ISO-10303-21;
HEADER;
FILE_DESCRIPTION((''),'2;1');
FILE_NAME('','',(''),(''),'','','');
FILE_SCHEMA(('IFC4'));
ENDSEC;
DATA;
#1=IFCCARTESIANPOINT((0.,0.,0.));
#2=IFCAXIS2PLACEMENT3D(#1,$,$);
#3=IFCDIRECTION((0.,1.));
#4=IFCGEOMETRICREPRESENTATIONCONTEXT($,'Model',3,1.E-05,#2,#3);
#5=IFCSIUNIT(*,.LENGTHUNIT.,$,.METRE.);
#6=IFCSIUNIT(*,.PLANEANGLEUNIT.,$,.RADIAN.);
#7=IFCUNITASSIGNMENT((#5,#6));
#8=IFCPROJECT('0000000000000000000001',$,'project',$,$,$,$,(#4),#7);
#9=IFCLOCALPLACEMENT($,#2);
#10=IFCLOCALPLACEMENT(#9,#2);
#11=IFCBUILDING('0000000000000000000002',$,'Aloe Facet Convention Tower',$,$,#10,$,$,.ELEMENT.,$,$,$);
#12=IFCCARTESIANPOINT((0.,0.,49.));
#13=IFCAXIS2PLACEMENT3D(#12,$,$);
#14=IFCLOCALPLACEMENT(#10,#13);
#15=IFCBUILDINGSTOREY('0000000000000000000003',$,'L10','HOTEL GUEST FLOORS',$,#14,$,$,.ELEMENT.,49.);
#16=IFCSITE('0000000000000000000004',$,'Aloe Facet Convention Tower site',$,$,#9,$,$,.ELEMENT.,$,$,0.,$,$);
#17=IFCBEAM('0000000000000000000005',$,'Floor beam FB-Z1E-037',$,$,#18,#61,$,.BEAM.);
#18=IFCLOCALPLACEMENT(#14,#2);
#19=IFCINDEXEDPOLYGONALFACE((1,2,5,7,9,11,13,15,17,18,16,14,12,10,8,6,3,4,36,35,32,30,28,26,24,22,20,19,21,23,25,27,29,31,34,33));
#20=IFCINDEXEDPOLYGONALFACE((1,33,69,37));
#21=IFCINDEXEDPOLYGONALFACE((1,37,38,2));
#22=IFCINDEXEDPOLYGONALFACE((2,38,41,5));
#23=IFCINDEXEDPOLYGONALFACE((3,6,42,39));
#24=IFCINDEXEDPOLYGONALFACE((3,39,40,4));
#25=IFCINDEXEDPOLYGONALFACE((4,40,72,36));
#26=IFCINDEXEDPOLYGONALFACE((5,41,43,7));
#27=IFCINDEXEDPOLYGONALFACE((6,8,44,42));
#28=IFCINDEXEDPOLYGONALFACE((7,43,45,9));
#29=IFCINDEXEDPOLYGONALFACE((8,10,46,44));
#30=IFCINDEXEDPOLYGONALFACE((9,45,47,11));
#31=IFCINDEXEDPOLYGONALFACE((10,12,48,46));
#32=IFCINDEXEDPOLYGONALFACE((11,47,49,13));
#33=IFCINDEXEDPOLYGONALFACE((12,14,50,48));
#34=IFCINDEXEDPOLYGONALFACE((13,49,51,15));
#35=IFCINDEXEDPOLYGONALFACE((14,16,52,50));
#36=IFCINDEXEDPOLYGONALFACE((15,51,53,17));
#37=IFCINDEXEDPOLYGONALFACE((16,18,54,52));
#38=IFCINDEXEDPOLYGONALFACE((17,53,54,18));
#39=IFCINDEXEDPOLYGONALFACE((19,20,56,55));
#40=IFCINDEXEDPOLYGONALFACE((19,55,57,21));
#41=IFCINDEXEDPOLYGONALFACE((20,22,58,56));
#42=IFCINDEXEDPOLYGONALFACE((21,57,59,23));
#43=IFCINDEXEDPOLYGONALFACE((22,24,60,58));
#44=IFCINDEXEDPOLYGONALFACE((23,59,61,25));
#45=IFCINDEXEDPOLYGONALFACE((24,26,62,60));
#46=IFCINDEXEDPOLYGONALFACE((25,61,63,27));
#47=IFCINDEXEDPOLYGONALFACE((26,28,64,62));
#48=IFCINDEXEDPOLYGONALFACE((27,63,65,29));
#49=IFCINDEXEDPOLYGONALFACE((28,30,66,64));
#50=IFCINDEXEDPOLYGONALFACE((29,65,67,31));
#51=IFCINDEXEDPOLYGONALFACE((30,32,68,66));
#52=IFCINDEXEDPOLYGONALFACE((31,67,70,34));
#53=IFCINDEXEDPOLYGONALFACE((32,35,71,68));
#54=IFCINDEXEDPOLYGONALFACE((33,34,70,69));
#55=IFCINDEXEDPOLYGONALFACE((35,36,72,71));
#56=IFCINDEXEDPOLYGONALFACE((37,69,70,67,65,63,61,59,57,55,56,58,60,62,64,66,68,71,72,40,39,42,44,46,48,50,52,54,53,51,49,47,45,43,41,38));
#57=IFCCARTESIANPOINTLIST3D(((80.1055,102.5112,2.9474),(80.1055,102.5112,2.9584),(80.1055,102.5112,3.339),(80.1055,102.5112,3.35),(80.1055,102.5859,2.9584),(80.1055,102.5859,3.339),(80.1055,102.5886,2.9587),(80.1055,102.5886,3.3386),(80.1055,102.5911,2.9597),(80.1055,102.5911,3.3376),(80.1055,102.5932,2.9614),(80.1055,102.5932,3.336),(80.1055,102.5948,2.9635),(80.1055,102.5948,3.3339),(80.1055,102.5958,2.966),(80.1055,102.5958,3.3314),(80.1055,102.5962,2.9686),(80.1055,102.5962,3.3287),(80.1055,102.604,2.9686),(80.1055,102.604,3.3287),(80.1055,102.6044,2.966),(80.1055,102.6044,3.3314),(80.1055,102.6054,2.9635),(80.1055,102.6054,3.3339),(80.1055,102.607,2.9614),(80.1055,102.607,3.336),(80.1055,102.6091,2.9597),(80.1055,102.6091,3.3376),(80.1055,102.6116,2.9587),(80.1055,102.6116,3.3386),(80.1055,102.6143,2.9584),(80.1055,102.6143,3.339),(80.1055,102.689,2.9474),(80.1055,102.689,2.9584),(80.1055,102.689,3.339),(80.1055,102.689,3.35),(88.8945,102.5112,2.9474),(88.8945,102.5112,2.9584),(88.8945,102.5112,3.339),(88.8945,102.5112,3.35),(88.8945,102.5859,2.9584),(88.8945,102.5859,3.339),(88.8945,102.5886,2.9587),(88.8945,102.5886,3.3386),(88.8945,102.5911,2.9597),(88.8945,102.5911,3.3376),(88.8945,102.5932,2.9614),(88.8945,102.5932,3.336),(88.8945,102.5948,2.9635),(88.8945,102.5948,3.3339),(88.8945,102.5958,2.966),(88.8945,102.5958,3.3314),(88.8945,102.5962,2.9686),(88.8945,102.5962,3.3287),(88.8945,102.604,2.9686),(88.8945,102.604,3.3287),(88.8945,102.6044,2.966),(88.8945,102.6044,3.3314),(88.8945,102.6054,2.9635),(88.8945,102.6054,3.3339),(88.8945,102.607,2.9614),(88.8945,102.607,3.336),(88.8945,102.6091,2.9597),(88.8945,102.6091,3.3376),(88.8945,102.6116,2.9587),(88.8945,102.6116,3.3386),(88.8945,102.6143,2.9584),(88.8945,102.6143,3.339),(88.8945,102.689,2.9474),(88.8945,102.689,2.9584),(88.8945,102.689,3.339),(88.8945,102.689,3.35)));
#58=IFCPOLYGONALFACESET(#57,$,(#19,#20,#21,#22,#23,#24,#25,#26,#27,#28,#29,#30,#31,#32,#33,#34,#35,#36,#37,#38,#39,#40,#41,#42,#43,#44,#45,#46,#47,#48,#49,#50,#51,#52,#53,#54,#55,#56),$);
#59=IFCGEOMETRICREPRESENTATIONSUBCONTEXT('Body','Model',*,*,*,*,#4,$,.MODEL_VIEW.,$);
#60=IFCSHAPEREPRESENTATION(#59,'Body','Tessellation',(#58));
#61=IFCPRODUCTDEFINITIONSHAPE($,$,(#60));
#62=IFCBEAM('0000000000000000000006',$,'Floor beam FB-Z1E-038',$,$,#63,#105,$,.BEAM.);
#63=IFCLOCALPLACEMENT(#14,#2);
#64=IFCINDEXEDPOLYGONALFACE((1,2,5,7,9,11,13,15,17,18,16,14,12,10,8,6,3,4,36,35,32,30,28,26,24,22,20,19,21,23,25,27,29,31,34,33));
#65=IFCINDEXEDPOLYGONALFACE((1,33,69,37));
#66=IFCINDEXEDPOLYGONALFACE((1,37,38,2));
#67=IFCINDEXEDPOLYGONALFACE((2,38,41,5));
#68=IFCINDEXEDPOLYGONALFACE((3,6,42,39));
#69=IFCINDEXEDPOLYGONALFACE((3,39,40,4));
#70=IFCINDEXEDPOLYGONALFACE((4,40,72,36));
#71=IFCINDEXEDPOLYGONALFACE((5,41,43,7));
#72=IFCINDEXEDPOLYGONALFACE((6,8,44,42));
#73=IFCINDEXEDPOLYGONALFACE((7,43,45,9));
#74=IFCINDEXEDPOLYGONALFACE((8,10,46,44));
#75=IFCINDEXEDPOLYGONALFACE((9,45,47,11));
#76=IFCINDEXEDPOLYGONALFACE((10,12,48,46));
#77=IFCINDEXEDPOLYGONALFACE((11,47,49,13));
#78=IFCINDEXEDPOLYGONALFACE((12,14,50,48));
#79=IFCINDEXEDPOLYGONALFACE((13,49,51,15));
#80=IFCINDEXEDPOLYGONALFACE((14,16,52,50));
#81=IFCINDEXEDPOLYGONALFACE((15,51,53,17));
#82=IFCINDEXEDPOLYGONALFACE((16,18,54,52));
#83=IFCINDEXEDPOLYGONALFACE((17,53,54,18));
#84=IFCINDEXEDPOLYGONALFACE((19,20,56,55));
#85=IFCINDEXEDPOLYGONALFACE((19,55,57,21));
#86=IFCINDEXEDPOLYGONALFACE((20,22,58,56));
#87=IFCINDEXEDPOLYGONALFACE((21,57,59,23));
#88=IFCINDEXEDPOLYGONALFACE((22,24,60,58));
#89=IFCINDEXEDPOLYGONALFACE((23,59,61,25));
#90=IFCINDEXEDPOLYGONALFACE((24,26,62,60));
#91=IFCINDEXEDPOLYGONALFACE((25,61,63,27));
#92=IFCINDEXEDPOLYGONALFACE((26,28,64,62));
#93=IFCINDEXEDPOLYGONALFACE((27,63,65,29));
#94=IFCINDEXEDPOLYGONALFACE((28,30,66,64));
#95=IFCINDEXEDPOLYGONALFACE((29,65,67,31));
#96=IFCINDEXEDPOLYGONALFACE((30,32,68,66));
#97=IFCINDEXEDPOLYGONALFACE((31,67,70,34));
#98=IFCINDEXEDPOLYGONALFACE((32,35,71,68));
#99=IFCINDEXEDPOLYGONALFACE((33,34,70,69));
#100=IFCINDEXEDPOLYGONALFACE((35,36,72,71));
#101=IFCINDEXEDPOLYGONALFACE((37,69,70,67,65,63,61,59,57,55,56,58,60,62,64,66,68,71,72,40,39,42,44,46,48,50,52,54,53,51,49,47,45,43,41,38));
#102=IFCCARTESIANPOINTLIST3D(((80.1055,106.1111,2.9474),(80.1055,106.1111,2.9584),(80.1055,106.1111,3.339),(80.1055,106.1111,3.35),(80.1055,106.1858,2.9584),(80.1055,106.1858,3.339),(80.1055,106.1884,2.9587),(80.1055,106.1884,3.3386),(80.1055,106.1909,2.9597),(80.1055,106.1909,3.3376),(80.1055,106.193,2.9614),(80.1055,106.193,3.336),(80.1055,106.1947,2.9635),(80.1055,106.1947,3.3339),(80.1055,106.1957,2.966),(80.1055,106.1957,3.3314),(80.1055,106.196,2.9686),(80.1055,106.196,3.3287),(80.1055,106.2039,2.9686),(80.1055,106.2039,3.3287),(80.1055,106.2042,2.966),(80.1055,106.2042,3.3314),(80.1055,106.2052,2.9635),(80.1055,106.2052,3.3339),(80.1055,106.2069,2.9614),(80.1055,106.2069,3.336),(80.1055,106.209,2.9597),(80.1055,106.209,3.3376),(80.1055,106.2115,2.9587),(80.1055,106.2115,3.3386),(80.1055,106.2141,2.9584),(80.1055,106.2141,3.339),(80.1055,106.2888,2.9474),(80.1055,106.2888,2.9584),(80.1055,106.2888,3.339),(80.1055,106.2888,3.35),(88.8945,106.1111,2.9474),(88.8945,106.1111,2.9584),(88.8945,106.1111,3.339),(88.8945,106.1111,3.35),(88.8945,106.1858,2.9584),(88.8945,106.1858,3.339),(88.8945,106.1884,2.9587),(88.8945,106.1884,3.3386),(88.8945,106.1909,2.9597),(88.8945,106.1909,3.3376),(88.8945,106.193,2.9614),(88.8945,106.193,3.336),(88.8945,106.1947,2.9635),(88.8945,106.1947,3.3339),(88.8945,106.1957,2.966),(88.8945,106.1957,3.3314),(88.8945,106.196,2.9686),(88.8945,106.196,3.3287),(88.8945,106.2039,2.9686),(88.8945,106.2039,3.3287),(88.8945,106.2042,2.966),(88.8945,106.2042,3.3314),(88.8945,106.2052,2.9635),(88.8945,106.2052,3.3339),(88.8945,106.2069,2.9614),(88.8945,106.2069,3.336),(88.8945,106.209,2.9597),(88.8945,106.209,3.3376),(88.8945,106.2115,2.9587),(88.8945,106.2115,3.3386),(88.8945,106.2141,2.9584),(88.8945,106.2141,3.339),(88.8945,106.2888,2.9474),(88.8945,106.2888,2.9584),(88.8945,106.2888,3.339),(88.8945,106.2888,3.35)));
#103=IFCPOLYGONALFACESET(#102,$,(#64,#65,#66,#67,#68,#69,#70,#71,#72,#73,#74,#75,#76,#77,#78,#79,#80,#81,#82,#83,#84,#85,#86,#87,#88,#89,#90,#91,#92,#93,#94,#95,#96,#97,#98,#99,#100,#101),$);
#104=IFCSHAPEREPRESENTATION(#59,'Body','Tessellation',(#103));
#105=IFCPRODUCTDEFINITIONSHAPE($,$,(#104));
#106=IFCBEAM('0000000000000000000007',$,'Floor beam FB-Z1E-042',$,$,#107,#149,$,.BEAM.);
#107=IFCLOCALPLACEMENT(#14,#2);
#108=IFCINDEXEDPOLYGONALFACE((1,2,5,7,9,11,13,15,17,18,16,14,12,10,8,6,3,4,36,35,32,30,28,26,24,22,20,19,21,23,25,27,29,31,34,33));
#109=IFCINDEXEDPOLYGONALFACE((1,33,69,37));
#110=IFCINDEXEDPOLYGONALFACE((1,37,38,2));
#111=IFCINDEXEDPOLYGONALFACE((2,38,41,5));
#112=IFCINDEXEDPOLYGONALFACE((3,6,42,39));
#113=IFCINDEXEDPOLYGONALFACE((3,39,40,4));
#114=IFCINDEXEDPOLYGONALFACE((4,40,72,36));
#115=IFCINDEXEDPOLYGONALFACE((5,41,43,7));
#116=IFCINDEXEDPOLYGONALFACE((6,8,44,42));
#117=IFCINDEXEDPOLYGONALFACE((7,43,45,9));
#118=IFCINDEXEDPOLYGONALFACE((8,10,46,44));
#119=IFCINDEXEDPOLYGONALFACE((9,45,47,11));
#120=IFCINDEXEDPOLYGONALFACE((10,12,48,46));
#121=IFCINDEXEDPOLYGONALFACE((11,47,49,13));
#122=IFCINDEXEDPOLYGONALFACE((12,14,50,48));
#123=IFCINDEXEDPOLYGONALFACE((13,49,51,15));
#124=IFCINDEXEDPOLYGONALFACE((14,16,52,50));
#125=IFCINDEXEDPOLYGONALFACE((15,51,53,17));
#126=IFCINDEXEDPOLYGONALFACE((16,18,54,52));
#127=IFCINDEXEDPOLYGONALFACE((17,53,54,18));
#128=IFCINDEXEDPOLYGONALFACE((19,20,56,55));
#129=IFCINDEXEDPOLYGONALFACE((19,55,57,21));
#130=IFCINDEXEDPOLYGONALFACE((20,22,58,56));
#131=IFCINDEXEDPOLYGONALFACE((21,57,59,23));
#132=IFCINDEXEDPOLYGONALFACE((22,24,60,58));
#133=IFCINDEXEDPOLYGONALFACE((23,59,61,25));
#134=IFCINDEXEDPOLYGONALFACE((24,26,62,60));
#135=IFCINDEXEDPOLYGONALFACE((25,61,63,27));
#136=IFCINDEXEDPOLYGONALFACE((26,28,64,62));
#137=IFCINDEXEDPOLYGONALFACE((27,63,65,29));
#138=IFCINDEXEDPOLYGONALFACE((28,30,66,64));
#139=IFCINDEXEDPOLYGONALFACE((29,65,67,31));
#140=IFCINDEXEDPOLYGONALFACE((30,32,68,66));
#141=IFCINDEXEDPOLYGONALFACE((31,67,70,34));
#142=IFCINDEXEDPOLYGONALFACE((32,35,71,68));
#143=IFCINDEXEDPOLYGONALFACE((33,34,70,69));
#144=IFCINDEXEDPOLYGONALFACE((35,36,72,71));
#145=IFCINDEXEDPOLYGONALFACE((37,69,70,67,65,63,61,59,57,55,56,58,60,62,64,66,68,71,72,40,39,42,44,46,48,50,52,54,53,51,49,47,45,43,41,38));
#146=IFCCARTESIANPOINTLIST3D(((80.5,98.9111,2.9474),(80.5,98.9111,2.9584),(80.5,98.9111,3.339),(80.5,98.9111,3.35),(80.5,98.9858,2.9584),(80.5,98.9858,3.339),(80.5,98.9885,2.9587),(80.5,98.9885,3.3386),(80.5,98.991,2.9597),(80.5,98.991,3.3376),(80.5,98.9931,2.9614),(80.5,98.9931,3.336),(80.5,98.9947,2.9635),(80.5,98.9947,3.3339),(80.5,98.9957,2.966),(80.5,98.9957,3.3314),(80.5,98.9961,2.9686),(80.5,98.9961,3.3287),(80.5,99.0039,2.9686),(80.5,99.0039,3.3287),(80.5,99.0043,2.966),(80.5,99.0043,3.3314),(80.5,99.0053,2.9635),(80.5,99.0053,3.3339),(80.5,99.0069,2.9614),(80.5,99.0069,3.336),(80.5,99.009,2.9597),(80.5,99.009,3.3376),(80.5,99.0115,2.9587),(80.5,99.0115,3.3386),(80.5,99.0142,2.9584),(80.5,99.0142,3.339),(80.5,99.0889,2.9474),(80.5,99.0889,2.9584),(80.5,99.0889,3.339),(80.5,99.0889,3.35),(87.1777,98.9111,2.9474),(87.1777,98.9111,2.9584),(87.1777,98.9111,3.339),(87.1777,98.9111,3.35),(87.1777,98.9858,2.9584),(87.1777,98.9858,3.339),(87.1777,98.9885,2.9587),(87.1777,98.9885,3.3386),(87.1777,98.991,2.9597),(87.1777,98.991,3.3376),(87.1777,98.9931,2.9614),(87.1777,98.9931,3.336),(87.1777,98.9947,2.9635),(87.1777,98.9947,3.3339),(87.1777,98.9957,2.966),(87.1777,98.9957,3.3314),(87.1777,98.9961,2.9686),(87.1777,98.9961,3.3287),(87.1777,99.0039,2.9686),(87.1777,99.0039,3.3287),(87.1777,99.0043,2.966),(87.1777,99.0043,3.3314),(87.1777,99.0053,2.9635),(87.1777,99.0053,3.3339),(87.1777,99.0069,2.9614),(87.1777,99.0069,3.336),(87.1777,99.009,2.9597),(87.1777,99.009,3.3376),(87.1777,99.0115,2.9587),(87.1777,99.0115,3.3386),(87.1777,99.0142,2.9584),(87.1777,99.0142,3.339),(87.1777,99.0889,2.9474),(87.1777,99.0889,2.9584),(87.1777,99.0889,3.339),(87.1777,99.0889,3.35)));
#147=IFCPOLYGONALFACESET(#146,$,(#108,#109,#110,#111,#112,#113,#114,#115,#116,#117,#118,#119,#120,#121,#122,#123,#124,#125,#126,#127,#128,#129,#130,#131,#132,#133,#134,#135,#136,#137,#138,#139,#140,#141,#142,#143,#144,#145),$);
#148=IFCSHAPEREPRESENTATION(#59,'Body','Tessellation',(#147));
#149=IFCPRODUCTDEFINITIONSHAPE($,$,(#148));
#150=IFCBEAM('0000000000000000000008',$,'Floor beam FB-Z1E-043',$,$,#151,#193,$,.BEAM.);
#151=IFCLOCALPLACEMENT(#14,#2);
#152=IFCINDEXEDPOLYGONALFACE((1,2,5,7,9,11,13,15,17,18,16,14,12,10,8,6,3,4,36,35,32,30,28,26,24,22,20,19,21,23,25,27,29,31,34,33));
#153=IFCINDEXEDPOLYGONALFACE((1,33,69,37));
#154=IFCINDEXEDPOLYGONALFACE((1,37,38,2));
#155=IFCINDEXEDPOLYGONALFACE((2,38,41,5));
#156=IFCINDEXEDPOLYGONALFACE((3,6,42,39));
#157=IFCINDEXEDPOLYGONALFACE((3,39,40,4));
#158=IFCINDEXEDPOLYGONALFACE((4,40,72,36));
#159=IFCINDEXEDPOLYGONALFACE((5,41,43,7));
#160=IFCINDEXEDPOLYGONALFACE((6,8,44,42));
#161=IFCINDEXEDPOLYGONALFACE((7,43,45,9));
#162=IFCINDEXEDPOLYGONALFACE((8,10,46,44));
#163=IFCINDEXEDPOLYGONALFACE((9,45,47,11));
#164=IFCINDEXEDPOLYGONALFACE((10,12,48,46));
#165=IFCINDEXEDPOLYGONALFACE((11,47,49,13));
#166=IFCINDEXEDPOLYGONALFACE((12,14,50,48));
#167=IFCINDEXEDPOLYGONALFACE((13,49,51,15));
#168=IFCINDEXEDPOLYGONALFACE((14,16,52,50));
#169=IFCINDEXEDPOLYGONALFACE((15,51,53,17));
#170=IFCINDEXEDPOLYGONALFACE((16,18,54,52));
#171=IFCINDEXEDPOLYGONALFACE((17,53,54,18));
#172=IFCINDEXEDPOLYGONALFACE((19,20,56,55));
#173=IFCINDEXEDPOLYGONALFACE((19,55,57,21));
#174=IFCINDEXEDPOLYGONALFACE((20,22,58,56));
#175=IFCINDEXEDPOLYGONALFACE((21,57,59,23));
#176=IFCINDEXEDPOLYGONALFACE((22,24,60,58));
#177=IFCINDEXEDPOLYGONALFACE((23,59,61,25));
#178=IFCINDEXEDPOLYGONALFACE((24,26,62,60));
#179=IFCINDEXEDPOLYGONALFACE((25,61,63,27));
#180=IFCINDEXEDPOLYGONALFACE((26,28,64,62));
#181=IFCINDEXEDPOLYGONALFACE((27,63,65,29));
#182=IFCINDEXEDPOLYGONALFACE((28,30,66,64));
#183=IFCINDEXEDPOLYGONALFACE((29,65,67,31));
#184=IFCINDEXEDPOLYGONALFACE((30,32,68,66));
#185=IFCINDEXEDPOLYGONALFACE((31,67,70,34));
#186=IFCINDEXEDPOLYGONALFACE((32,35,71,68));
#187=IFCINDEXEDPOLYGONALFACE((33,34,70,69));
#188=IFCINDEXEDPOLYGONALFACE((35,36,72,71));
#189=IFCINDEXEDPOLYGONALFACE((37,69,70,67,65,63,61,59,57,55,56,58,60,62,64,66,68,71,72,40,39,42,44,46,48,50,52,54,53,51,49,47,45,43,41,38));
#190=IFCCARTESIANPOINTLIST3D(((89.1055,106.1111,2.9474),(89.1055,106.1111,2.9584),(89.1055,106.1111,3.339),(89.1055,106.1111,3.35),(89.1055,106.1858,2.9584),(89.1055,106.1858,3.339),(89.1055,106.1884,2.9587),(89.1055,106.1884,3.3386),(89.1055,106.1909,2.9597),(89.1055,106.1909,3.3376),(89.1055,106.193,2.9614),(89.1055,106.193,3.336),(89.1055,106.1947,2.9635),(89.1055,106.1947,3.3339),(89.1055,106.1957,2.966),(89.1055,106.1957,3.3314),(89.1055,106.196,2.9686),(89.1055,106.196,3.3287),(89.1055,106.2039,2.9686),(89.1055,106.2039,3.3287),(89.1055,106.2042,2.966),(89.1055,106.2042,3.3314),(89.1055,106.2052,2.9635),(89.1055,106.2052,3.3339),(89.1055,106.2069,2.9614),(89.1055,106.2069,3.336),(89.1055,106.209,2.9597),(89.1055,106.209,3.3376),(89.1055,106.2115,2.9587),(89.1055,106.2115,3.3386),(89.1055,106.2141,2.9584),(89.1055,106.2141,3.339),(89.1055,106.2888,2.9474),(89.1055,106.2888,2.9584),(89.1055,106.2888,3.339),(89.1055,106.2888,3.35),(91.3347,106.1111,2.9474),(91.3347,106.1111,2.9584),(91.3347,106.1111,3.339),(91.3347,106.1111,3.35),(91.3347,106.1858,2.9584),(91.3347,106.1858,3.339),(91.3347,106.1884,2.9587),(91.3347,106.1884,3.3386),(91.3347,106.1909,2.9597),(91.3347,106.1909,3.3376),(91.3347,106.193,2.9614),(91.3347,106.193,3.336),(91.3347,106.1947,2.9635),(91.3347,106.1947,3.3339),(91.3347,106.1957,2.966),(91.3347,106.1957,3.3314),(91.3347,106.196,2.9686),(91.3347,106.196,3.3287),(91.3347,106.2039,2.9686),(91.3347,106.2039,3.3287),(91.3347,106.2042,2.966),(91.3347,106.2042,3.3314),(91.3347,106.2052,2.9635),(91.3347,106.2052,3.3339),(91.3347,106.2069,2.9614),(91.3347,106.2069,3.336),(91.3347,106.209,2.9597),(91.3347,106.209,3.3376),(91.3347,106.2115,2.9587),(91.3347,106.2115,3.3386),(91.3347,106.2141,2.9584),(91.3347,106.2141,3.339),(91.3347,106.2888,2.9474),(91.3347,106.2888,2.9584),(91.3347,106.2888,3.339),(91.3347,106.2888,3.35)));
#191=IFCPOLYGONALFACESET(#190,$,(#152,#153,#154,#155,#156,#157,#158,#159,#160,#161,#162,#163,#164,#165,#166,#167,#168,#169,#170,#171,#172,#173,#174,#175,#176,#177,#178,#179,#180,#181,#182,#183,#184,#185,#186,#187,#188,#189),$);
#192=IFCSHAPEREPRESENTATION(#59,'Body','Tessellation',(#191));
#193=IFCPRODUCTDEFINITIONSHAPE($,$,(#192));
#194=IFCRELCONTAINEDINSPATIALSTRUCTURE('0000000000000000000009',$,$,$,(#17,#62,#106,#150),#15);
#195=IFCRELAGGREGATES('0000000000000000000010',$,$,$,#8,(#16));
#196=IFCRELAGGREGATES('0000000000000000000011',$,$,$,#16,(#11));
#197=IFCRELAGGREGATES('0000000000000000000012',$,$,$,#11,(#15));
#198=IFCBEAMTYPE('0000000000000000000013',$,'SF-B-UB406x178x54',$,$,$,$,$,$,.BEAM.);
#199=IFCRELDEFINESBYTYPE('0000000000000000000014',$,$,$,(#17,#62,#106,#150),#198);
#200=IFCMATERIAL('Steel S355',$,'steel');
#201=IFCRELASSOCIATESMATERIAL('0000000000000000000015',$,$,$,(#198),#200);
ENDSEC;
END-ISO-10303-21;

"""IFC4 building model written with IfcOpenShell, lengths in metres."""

from ifc_helpers import new_model, si_unit, direction, frame, origin, origin_2d, place, context, subcontext, project, spatial, i_section, extrude, material, material_profile, profile_set, type_object, element, save


model = new_model("IFC4")

# Units and contexts
model_context = context("Model", 3, precision=1e-05, world=origin(), true_north=direction((0.0, 1.0)))
body_context = subcontext(model_context, "Body", "Model", "MODEL_VIEW")
ifc_project = project(units=[si_unit("LENGTHUNIT", "METRE"), si_unit("PLANEANGLEUNIT", "RADIAN")], contexts=[model_context])

# Site, building, storey
site_placement = place(None, origin())
site = spatial("IfcSite", under=ifc_project, at=site_placement, Name="Aloe Facet Convention Tower site", CompositionType="ELEMENT", RefElevation=0.0)
building_placement = place(site_placement, origin())
building = spatial("IfcBuilding", under=site, at=building_placement, Name="Aloe Facet Convention Tower", CompositionType="ELEMENT")
storey_placement = place(building_placement, frame((0.0, 0.0, 49.0)))
storey = spatial("IfcBuildingStorey", under=building, at=storey_placement, Name="L10", Description="HOTEL GUEST FLOORS", CompositionType="ELEMENT", Elevation=49.0)

# Beams
ifc_material_1 = material(Name="Steel S355", Category="steel")
ifc_material_profile_1 = material_profile(ifc_material_1, i_section(OverallWidth=0.1777, OverallDepth=0.4026, WebThickness=0.0078, FlangeThickness=0.011, FilletRadius=0.0103, at=origin_2d()), Name="UB 406x178x54")
ifc_profile_set_1 = profile_set([ifc_material_profile_1], Name="Steel S355")
beam_type_1 = type_object("IfcBeamType", Name="SF-B-UB406x178x54", PredefinedType="BEAM", material=ifc_profile_set_1)
for number, where, z_axis, x_axis, name in (
    (1, (80.1055, 102.6001, 3.1487), (1.0, 0.0, 0.0), (0.0, 1.0, 0.0), "Floor beam FB-Z1E-037"),
    (2, (80.1055, 106.2, 3.1487), (1.0, 0.0, 0.0), (0.0, 1.0, 0.0), "Floor beam FB-Z1E-038"),
):
    element("IfcBeam", number, at=place(storey_placement, frame(where, z_axis=z_axis, x_axis=x_axis)), inside=storey, type_object=beam_type_1, Name=name, PredefinedType="BEAM", context=body_context, shape_type="SweptSolid", body=[
        extrude(i_section(OverallWidth=0.1777, OverallDepth=0.4026, WebThickness=0.0078, FlangeThickness=0.011, FilletRadius=0.0103, at=origin_2d()), origin(), (0.0, 0.0, 1.0), 8.7891),
    ])
beam_1_placement = place(storey_placement, frame((80.5, 99.0, 3.1487), z_axis=(1.0, 0.0, 0.0), x_axis=(0.0, 1.0, 0.0)))
element("IfcBeam", 3, at=beam_1_placement, inside=storey, type_object=beam_type_1, Name="Floor beam FB-Z1E-042", PredefinedType="BEAM", context=body_context, shape_type="SweptSolid", body=[
    extrude(i_section(OverallWidth=0.1777, OverallDepth=0.4026, WebThickness=0.0078, FlangeThickness=0.011, FilletRadius=0.0103, at=origin_2d()), origin(), (0.0, 0.0, 1.0), 6.6777),
])
beam_2_placement = place(storey_placement, frame((89.1055, 106.2, 3.1487), z_axis=(1.0, 0.0, 0.0), x_axis=(0.0, 1.0, 0.0)))
element("IfcBeam", 4, at=beam_2_placement, inside=storey, type_object=beam_type_1, Name="Floor beam FB-Z1E-043", PredefinedType="BEAM", context=body_context, shape_type="SweptSolid", body=[
    extrude(i_section(OverallWidth=0.1777, OverallDepth=0.4026, WebThickness=0.0078, FlangeThickness=0.011, FilletRadius=0.0103, at=origin_2d()), origin(), (0.0, 0.0, 1.0), 2.2292),
])

save(model, "model.ifc")
